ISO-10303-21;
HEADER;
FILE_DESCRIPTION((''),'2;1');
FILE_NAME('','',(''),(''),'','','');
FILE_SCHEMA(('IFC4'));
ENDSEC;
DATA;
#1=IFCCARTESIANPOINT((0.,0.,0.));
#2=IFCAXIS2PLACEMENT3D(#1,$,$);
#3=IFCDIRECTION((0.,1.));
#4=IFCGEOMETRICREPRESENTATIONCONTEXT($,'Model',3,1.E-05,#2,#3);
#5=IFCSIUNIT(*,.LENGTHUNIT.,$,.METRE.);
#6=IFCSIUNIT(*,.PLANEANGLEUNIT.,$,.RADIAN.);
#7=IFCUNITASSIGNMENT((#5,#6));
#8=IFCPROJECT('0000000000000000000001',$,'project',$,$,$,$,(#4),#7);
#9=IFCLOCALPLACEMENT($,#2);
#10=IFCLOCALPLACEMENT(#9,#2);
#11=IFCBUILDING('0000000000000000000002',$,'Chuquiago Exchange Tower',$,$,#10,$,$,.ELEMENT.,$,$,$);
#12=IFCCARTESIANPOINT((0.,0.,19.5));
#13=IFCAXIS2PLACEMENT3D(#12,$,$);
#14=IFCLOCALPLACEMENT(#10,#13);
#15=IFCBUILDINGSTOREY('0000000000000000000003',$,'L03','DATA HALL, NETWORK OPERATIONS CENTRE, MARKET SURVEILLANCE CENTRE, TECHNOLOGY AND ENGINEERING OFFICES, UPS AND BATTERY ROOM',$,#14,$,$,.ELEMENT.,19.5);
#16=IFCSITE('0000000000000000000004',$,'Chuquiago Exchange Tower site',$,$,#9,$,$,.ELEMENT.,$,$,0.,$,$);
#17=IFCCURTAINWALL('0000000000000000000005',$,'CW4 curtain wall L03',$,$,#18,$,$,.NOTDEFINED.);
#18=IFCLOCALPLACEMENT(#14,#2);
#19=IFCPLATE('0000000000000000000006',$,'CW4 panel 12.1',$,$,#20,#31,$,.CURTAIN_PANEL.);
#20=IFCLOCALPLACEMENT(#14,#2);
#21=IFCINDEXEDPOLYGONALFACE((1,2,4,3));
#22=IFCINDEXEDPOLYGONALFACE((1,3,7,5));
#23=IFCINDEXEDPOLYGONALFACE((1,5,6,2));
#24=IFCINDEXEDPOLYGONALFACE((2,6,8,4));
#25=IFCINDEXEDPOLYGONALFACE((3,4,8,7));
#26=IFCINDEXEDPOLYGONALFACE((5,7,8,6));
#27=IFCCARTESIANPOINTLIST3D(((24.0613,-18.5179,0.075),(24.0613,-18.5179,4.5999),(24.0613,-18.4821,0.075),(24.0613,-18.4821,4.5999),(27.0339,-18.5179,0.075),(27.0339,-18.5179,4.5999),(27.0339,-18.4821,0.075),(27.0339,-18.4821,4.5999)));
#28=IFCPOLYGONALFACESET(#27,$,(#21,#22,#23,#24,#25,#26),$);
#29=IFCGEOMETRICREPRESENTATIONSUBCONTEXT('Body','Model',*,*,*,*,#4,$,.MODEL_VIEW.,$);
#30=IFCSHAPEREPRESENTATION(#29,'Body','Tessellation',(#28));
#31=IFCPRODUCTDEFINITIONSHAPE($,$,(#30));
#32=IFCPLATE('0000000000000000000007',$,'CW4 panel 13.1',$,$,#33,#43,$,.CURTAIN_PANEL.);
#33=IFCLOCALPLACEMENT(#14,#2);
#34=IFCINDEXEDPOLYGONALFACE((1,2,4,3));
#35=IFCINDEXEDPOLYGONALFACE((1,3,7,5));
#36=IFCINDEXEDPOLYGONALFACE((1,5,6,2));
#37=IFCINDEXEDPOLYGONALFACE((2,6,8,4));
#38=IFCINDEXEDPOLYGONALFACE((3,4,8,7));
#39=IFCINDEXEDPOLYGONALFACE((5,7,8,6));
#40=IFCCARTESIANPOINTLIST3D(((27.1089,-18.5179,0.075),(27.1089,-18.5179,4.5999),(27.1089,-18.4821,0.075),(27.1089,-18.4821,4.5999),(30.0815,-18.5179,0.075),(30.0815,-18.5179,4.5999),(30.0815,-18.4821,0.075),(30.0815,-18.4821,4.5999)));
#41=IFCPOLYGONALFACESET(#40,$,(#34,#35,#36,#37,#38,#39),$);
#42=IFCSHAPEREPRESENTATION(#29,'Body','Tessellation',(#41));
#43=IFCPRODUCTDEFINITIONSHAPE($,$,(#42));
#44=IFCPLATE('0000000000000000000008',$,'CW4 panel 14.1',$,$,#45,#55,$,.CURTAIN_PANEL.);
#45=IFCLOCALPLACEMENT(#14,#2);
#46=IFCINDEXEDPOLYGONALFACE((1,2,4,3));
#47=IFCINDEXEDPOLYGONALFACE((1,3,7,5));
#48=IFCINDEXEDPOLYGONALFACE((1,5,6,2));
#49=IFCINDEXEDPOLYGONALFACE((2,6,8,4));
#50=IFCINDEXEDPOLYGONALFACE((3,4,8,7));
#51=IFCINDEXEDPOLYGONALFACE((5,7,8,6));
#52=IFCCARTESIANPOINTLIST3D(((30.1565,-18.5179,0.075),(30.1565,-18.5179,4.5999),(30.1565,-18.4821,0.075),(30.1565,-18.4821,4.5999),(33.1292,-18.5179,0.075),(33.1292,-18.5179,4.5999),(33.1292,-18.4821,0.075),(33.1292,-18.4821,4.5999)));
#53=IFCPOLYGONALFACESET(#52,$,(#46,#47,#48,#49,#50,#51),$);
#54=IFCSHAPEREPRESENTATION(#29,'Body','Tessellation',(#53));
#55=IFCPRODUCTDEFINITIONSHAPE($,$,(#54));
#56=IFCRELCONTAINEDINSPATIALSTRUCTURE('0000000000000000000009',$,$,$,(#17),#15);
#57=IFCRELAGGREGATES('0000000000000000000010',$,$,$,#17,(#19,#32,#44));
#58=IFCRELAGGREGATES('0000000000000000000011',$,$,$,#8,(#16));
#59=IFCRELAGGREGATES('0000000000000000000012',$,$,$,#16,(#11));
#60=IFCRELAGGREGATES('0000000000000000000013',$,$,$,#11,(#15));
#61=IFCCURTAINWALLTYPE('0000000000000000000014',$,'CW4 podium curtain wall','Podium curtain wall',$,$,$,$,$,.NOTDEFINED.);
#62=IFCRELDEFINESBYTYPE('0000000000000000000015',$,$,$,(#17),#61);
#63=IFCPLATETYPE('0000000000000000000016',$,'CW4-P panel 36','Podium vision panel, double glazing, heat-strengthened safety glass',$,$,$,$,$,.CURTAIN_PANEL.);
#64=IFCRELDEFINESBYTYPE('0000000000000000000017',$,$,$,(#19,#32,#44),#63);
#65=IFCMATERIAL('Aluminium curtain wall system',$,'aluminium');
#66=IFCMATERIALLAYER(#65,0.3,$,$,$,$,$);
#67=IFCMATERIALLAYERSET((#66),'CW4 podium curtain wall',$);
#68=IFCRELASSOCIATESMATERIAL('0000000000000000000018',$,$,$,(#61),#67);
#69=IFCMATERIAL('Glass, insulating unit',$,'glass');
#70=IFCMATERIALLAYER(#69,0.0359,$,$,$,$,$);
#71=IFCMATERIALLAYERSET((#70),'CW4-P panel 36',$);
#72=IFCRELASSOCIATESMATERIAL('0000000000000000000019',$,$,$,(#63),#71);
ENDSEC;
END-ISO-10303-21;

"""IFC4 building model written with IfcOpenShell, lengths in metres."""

from ifc_helpers import new_model, si_unit, direction, frame, origin, origin_2d, place, context, subcontext, project, spatial, rectangle, extrude, material, layer, layer_set, type_object, element, aggregate, save


model = new_model("IFC4")

# Units and contexts
model_context = context("Model", 3, precision=1e-05, world=origin(), true_north=direction((0.0, 1.0)))
body_context = subcontext(model_context, "Body", "Model", "MODEL_VIEW")
ifc_project = project(units=[si_unit("LENGTHUNIT", "METRE"), si_unit("PLANEANGLEUNIT", "RADIAN")], contexts=[model_context])

# Site, building, storey
site_placement = place(None, origin())
site = spatial("IfcSite", under=ifc_project, at=site_placement, Name="Chuquiago Exchange Tower site", CompositionType="ELEMENT", RefElevation=0.0)
building_placement = place(site_placement, origin())
building = spatial("IfcBuilding", under=site, at=building_placement, Name="Chuquiago Exchange Tower", CompositionType="ELEMENT")
storey_placement = place(building_placement, frame((0.0, 0.0, 19.5)))
storey = spatial("IfcBuildingStorey", under=building, at=storey_placement, Name="L03", Description="DATA HALL, NETWORK OPERATIONS CENTRE, MARKET SURVEILLANCE CENTRE, TECHNOLOGY AND ENGINEERING OFFICES, UPS AND BATTERY ROOM", CompositionType="ELEMENT", Elevation=19.5)

# Curtain wall
ifc_material_1 = material(Name="Aluminium curtain wall system", Category="aluminium")
ifc_layer_1 = layer(ifc_material_1, 0.3)
ifc_layer_set_1 = layer_set([ifc_layer_1], Name="CW4 podium curtain wall")
curtain_wall_type = type_object("IfcCurtainWallType", Name="CW4 podium curtain wall", Description="Podium curtain wall", PredefinedType="NOTDEFINED", material=ifc_layer_set_1)
curtain_wall_placement = place(storey_placement, origin())
curtain_wall = element("IfcCurtainWall", 1, at=curtain_wall_placement, inside=storey, type_object=curtain_wall_type, Name="CW4 curtain wall L03", PredefinedType="NOTDEFINED")

# Plates
ifc_material_2 = material(Name="Glass, insulating unit", Category="glass")
ifc_layer_2 = layer(ifc_material_2, 0.0359)
ifc_layer_set_2 = layer_set([ifc_layer_2], Name="CW4-P panel 36")
plate_type = type_object("IfcPlateType", Name="CW4-P panel 36", Description="Podium vision panel, double glazing, heat-strengthened safety glass", PredefinedType="CURTAIN_PANEL", material=ifc_layer_set_2)
plate_1_placement = place(storey_placement, frame((25.5476, -18.5, 0.075), z_axis=(0.0, 0.0, 1.0), x_axis=(1.0, 0.0, 0.0)))
plate_1 = element("IfcPlate", 2, at=plate_1_placement, type_object=plate_type, Name="CW4 panel 12.1", PredefinedType="CURTAIN_PANEL", context=body_context, shape_type="SweptSolid", body=[
    extrude(rectangle(XDim=2.9727, YDim=0.0359, at=origin_2d()), origin(), (0.0, 0.0, 1.0), 4.5249),
])
plate_2_placement = place(storey_placement, frame((28.5952, -18.5, 0.075), z_axis=(0.0, 0.0, 1.0), x_axis=(1.0, 0.0, 0.0)))
plate_2 = element("IfcPlate", 3, at=plate_2_placement, type_object=plate_type, Name="CW4 panel 13.1", PredefinedType="CURTAIN_PANEL", context=body_context, shape_type="SweptSolid", body=[
    extrude(rectangle(XDim=2.9727, YDim=0.0359, at=origin_2d()), origin(), (0.0, 0.0, 1.0), 4.5249),
])
plate_3_placement = place(storey_placement, frame((31.6428, -18.5, 0.075), z_axis=(0.0, 0.0, 1.0), x_axis=(1.0, 0.0, 0.0)))
plate_3 = element("IfcPlate", 4, at=plate_3_placement, type_object=plate_type, Name="CW4 panel 14.1", PredefinedType="CURTAIN_PANEL", context=body_context, shape_type="SweptSolid", body=[
    extrude(rectangle(XDim=2.9727, YDim=0.0359, at=origin_2d()), origin(), (0.0, 0.0, 1.0), 4.5249),
])
aggregate(curtain_wall, [plate_1, plate_2, plate_3])

save(model, "model.ifc")
